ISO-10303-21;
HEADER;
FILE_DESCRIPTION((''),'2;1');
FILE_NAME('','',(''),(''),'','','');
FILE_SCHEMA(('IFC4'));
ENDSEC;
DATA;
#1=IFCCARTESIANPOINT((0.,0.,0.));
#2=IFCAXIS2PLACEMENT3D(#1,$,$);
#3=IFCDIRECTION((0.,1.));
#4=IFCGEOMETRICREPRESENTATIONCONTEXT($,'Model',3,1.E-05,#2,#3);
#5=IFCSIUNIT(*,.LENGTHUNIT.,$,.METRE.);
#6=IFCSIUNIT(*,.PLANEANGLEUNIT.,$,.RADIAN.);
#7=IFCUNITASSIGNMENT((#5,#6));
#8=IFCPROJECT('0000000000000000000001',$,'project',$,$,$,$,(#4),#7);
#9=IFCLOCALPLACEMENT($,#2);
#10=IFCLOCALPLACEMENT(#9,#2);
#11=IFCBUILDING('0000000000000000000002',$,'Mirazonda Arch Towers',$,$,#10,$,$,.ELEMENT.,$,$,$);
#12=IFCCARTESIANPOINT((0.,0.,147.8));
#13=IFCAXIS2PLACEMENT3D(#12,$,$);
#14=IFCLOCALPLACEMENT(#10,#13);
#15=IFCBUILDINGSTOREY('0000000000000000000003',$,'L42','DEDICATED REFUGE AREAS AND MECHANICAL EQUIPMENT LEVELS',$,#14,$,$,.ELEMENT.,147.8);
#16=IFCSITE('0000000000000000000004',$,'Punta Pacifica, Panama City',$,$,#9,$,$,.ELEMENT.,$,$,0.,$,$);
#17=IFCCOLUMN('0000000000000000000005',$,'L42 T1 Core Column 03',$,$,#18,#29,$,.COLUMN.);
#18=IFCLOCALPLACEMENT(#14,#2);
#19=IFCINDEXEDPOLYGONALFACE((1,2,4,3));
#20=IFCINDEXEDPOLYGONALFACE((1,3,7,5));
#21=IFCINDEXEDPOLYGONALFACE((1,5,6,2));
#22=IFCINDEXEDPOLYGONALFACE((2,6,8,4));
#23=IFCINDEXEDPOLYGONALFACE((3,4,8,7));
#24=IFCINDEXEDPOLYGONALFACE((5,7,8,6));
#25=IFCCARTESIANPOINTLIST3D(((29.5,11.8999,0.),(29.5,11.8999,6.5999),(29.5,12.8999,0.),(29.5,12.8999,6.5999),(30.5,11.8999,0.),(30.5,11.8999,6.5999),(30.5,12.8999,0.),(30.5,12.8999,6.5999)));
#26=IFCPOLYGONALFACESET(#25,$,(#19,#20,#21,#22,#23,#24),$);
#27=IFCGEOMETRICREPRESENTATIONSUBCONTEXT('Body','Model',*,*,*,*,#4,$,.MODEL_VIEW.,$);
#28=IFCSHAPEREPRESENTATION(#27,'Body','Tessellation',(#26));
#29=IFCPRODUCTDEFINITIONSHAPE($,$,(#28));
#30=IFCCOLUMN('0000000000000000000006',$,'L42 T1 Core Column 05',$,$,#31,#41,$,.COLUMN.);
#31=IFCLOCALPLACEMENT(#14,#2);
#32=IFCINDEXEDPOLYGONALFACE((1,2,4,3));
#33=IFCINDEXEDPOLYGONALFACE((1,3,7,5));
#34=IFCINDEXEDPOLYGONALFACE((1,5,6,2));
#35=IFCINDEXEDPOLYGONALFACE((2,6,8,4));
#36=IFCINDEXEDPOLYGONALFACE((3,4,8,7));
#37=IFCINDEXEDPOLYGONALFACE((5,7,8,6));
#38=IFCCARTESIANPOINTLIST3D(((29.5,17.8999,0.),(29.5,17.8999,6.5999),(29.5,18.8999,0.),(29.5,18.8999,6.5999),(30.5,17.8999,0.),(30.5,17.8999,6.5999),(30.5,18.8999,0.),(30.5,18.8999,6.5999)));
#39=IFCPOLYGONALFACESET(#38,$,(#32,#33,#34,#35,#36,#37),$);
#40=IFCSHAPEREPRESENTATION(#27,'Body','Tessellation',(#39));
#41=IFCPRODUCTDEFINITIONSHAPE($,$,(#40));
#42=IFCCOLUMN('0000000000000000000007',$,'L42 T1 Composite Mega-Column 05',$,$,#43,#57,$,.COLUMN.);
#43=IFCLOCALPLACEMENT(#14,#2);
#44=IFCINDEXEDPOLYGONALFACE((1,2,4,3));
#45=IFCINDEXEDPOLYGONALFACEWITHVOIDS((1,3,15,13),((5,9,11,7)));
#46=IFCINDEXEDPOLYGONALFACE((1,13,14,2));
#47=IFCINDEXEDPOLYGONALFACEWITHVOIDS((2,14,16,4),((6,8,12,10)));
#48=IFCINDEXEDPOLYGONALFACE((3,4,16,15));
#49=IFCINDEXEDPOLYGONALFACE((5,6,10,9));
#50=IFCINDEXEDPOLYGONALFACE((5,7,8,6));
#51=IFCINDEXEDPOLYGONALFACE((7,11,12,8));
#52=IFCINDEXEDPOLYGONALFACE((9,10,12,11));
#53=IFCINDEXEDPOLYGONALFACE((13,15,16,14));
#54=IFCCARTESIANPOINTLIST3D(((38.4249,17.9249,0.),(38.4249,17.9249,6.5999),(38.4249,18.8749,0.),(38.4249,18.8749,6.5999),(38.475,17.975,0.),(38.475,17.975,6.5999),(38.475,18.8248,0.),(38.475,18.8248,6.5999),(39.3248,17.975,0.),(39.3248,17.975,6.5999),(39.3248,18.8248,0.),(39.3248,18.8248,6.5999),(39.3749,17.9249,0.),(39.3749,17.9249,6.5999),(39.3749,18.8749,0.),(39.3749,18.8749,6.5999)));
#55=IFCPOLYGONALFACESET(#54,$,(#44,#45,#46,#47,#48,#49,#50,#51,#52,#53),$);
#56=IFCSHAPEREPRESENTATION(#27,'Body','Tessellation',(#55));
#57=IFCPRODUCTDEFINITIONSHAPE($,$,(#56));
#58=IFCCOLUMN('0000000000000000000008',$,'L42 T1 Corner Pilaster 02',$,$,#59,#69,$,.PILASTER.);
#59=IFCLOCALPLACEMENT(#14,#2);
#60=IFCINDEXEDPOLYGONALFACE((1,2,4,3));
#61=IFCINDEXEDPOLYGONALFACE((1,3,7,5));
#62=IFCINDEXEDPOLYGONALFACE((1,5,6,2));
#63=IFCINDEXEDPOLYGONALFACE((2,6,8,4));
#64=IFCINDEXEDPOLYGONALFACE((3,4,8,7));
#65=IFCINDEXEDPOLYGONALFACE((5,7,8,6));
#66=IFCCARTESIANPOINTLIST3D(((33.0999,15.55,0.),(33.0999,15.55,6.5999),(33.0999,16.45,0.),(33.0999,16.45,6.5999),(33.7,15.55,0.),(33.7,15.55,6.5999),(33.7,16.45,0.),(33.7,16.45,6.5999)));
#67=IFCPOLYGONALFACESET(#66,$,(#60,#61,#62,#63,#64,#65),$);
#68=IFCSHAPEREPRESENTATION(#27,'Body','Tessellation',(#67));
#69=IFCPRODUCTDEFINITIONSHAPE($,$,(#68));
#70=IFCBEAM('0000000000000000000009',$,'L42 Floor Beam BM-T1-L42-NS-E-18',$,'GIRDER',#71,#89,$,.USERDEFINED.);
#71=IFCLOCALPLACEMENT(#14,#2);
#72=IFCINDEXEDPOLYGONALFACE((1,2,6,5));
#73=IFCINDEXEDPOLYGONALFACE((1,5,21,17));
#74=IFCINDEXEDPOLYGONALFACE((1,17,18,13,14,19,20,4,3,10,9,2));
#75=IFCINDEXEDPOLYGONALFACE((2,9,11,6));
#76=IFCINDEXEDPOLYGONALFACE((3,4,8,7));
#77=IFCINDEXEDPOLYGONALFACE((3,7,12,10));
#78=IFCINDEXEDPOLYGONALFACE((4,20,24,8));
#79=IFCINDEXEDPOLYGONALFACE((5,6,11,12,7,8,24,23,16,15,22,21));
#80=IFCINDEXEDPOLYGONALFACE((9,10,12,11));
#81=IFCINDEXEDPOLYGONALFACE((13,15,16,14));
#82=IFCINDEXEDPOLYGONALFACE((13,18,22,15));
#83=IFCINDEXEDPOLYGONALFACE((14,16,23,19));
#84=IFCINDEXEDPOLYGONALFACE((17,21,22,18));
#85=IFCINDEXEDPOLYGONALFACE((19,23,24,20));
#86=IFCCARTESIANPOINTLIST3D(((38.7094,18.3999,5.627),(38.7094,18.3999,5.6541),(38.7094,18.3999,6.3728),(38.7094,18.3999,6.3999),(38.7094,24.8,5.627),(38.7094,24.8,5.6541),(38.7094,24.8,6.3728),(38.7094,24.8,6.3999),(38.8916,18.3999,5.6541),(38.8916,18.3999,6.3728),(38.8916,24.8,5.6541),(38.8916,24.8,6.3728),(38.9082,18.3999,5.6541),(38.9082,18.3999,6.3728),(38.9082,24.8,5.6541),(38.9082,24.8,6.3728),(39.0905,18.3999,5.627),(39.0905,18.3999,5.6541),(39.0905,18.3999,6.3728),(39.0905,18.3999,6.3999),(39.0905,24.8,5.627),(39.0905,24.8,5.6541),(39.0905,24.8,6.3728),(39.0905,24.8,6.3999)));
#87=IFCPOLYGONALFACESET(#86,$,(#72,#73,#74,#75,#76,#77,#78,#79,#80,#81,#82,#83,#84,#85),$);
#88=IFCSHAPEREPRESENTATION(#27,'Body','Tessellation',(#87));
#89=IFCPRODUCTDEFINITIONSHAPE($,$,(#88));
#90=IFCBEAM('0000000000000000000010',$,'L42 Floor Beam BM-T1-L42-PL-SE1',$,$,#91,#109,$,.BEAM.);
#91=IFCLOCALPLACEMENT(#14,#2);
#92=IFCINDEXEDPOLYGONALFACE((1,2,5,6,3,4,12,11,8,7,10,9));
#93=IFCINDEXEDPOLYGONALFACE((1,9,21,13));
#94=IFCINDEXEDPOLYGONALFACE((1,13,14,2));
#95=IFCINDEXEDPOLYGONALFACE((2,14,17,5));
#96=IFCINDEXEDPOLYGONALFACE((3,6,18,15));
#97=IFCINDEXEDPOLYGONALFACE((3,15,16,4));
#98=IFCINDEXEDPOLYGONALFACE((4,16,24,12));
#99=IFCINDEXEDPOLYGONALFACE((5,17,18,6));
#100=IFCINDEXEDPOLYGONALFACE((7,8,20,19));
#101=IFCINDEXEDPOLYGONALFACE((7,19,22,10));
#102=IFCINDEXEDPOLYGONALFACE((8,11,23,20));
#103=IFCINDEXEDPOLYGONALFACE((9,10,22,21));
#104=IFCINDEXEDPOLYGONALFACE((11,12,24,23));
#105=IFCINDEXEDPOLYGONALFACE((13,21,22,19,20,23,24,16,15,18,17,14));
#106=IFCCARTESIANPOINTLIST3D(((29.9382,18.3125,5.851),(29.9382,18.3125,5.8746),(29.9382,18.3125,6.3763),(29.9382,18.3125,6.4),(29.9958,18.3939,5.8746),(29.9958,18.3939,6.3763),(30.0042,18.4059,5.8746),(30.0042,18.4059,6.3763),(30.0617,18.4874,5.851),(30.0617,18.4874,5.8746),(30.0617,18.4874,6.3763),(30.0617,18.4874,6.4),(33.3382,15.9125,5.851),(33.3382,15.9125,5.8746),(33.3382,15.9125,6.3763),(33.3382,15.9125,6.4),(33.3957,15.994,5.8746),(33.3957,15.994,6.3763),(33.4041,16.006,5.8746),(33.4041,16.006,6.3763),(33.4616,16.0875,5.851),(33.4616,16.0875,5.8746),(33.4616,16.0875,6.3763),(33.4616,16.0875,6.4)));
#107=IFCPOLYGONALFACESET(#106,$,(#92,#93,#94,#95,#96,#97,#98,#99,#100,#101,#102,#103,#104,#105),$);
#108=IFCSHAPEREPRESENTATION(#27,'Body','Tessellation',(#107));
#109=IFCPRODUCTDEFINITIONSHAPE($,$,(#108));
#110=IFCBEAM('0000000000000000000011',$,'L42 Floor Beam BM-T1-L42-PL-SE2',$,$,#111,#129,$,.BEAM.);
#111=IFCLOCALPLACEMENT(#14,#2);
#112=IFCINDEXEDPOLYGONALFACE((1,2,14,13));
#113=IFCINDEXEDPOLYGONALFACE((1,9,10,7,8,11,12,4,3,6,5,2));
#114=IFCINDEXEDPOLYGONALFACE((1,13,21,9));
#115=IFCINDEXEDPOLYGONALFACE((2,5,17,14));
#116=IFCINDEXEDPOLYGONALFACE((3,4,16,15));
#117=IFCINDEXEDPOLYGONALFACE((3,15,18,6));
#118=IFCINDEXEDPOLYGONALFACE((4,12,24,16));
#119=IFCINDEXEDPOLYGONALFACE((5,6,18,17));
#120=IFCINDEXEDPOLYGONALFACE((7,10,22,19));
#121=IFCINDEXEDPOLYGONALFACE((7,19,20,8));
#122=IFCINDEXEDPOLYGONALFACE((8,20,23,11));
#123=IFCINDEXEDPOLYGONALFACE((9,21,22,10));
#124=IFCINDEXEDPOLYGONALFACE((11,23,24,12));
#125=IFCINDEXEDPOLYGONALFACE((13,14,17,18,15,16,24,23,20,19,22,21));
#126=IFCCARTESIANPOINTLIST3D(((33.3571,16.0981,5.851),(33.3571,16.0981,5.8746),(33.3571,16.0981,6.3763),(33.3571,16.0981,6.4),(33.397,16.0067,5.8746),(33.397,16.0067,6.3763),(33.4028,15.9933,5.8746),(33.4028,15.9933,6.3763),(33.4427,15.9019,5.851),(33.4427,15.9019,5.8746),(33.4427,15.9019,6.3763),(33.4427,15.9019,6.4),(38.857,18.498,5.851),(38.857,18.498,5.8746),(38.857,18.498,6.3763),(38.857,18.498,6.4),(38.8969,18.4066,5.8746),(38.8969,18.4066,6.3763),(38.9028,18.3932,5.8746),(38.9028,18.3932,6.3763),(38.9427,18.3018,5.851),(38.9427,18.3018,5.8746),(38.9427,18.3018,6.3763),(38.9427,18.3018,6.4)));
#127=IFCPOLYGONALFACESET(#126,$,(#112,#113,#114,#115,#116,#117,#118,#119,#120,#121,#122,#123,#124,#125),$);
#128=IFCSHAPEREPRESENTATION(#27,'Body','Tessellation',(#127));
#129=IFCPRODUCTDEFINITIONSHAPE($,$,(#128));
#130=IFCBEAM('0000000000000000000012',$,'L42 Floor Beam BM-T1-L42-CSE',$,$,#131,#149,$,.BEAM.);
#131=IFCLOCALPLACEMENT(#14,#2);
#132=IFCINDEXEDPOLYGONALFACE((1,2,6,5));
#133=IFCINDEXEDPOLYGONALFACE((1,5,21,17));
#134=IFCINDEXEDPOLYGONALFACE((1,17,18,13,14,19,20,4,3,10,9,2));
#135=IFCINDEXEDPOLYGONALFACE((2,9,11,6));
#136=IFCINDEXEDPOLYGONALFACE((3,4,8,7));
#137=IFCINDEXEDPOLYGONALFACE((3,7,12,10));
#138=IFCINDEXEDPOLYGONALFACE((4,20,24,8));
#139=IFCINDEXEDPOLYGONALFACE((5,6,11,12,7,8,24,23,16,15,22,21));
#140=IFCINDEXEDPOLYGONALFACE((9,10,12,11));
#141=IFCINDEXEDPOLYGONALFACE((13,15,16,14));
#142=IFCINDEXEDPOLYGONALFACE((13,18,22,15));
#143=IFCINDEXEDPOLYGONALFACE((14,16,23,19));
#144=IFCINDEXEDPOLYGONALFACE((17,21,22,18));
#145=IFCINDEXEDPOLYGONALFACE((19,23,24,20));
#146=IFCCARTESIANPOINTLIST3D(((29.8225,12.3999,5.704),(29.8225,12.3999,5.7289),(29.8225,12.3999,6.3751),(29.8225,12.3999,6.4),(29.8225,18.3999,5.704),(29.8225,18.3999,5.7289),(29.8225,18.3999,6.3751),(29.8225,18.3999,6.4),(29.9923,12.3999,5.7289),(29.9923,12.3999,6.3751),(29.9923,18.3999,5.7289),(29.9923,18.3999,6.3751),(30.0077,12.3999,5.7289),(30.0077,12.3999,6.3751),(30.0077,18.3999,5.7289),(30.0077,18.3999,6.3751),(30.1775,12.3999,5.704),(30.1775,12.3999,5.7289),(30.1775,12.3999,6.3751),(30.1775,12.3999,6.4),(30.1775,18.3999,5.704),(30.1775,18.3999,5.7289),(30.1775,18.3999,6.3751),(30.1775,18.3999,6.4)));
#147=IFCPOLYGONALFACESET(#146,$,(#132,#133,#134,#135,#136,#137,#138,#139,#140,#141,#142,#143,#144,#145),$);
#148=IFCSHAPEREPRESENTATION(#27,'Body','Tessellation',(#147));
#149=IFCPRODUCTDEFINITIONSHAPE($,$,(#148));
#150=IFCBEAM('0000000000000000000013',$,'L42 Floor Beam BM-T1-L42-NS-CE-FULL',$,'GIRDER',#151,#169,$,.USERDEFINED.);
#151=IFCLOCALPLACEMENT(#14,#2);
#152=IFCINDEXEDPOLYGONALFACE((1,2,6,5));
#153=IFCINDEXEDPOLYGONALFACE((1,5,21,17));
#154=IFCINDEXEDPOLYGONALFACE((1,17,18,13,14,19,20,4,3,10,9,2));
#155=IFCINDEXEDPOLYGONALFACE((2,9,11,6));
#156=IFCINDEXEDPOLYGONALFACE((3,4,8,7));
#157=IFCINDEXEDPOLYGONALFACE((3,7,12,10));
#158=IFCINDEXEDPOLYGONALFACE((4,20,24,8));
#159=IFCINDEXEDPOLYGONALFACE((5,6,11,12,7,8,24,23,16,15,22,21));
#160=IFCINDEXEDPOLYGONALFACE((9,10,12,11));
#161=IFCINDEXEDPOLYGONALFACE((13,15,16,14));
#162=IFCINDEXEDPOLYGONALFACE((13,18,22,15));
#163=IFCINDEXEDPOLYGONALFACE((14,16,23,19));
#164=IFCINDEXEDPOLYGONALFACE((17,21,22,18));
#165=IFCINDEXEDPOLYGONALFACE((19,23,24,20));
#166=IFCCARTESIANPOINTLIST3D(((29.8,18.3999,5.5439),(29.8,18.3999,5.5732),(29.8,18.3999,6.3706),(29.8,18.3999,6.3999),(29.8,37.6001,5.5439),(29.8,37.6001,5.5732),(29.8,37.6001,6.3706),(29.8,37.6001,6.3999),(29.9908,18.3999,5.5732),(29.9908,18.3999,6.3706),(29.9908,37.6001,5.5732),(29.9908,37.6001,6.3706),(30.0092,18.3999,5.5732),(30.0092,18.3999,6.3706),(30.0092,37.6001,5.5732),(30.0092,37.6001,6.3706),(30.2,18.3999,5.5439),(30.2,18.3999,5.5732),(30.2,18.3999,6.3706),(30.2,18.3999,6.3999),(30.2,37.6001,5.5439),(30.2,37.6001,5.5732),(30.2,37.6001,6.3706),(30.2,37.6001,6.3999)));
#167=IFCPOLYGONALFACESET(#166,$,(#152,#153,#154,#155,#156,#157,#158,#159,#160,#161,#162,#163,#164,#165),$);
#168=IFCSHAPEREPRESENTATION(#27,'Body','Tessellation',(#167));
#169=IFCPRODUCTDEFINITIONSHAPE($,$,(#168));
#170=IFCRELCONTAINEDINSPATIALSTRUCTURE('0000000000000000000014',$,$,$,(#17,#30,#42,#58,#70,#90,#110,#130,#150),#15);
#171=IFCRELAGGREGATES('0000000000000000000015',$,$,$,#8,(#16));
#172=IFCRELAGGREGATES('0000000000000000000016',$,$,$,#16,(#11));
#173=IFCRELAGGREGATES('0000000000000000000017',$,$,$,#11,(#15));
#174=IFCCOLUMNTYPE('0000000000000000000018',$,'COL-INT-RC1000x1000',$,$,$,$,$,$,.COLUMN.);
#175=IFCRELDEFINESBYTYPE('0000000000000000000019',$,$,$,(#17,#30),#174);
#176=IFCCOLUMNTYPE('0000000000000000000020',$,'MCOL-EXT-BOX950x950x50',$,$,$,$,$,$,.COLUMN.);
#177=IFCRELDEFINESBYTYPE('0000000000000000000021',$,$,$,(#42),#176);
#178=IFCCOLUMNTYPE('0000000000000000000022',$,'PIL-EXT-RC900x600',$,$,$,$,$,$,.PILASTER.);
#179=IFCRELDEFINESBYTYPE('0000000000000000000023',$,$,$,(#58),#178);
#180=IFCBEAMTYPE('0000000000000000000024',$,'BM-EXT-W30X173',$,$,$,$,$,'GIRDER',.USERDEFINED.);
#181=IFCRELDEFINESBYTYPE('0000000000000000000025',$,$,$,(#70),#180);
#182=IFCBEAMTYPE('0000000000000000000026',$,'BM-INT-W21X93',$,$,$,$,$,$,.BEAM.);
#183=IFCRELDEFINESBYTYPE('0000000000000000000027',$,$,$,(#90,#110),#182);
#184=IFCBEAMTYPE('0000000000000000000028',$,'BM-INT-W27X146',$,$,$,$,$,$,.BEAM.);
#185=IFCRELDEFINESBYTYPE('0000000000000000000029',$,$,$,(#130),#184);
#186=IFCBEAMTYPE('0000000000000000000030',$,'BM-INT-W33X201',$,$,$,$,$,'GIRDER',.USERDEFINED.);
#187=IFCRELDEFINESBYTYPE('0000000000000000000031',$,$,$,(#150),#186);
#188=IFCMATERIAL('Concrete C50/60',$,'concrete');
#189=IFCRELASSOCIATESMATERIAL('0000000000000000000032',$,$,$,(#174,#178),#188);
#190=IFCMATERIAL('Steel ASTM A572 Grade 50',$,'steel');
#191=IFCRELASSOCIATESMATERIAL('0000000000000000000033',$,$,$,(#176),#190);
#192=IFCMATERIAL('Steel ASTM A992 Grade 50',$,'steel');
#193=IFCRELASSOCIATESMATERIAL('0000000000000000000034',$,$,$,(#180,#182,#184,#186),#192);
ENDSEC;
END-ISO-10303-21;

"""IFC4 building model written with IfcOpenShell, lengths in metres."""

from ifc_helpers import new_model, si_unit, direction, frame, origin, origin_2d, place, context, subcontext, project, spatial, rectangle, hollow_rectangle, i_section, extrude, material, material_profile, profile_set, type_object, element, save


model = new_model("IFC4")

# Units and contexts
model_context = context("Model", 3, precision=1e-05, world=origin(), true_north=direction((0.0, 1.0)))
body_context = subcontext(model_context, "Body", "Model", "MODEL_VIEW")
ifc_project = project(units=[si_unit("LENGTHUNIT", "METRE"), si_unit("PLANEANGLEUNIT", "RADIAN")], contexts=[model_context])

# Site, building, storey
site_placement = place(None, origin())
site = spatial("IfcSite", under=ifc_project, at=site_placement, Name="Punta Pacifica, Panama City", CompositionType="ELEMENT", RefElevation=0.0)
building_placement = place(site_placement, origin())
building = spatial("IfcBuilding", under=site, at=building_placement, Name="Mirazonda Arch Towers", CompositionType="ELEMENT")
storey_placement = place(building_placement, frame((0.0, 0.0, 147.8)))
storey = spatial("IfcBuildingStorey", under=building, at=storey_placement, Name="L42", Description="DEDICATED REFUGE AREAS AND MECHANICAL EQUIPMENT LEVELS", CompositionType="ELEMENT", Elevation=147.8)

# Columns
ifc_material_1 = material(Name="Concrete C50/60", Category="concrete")
ifc_material_profile_1 = material_profile(ifc_material_1, rectangle(XDim=1.0, YDim=1.0, at=origin_2d()), Name="RC1000x1000")
ifc_profile_set_1 = profile_set([ifc_material_profile_1], Name="Concrete C50/60")
column_type_1 = type_object("IfcColumnType", Name="COL-INT-RC1000x1000", PredefinedType="COLUMN", material=ifc_profile_set_1)
for number, where, z_axis, x_axis, name in (
    (1, (30.0, 12.3999, 0.0), (0.0, 0.0, 1.0), (1.0, 0.0, 0.0), "L42 T1 Core Column 03"),
    (2, (30.0, 18.3999, 0.0), (0.0, 0.0, 1.0), (1.0, 0.0, 0.0), "L42 T1 Core Column 05"),
):
    element("IfcColumn", number, at=place(storey_placement, frame(where, z_axis=z_axis, x_axis=x_axis)), inside=storey, type_object=column_type_1, Name=name, PredefinedType="COLUMN", context=body_context, shape_type="SweptSolid", body=[
        extrude(rectangle(XDim=1.0, YDim=1.0, at=origin_2d()), origin(), (0.0, 0.0, 1.0), 6.5999),
    ])
ifc_material_2 = material(Name="Steel ASTM A572 Grade 50", Category="steel")
ifc_material_profile_2 = material_profile(ifc_material_2, hollow_rectangle(XDim=0.95, YDim=0.95, WallThickness=0.05, at=origin_2d()), Name="BOX950x950x50")
ifc_profile_set_2 = profile_set([ifc_material_profile_2], Name="Steel ASTM A572 Grade 50")
column_type_2 = type_object("IfcColumnType", Name="MCOL-EXT-BOX950x950x50", PredefinedType="COLUMN", material=ifc_profile_set_2)
column_1_placement = place(storey_placement, frame((38.8999, 18.3999, 0.0), z_axis=(0.0, 0.0, 1.0), x_axis=(1.0, 0.0, 0.0)))
element("IfcColumn", 3, at=column_1_placement, inside=storey, type_object=column_type_2, Name="L42 T1 Composite Mega-Column 05", PredefinedType="COLUMN", context=body_context, shape_type="SweptSolid", body=[
    extrude(hollow_rectangle(XDim=0.95, YDim=0.95, WallThickness=0.05, at=origin_2d()), origin(), (0.0, 0.0, 1.0), 6.5999),
])
ifc_material_profile_3 = material_profile(ifc_material_1, rectangle(XDim=0.6001, YDim=0.8999, at=origin_2d()), Name="RC900x600")
ifc_profile_set_3 = profile_set([ifc_material_profile_3], Name="Concrete C50/60")
column_type_3 = type_object("IfcColumnType", Name="PIL-EXT-RC900x600", PredefinedType="PILASTER", material=ifc_profile_set_3)
column_2_placement = place(storey_placement, frame((33.3999, 16.0, 0.0), z_axis=(0.0, 0.0, 1.0), x_axis=(1.0, 0.0, 0.0)))
element("IfcColumn", 4, at=column_2_placement, inside=storey, type_object=column_type_3, Name="L42 T1 Corner Pilaster 02", PredefinedType="PILASTER", context=body_context, shape_type="SweptSolid", body=[
    extrude(rectangle(XDim=0.6001, YDim=0.8999, at=origin_2d()), origin(), (0.0, 0.0, 1.0), 6.5999),
])

# Beams
ifc_material_3 = material(Name="Steel ASTM A992 Grade 50", Category="steel")
ifc_material_profile_4 = material_profile(ifc_material_3, i_section(OverallWidth=0.3811, OverallDepth=0.7729, WebThickness=0.0166, FlangeThickness=0.0271, at=origin_2d()), Name="W30X173")
ifc_profile_set_4 = profile_set([ifc_material_profile_4], Name="Steel ASTM A992 Grade 50")
beam_type_1 = type_object("IfcBeamType", Name="BM-EXT-W30X173", ElementType="GIRDER", PredefinedType="USERDEFINED", material=ifc_profile_set_4)
beam_1_placement = place(storey_placement, frame((38.8999, 18.3999, 6.0134), z_axis=(0.0, 1.0, 0.0), x_axis=(-1.0, 0.0, 0.0)))
element("IfcBeam", 5, at=beam_1_placement, inside=storey, type_object=beam_type_1, Name="L42 Floor Beam BM-T1-L42-NS-E-18", ObjectType="GIRDER", PredefinedType="USERDEFINED", context=body_context, shape_type="SweptSolid", body=[
    extrude(i_section(OverallWidth=0.3811, OverallDepth=0.7729, WebThickness=0.0166, FlangeThickness=0.0271, at=origin_2d()), origin(), (0.0, 0.0, 1.0), 6.4001),
])
ifc_material_profile_5 = material_profile(ifc_material_3, i_section(OverallWidth=0.2141, OverallDepth=0.5491, WebThickness=0.0146, FlangeThickness=0.0237, at=origin_2d()), Name="W21X93")
ifc_profile_set_5 = profile_set([ifc_material_profile_5], Name="Steel ASTM A992 Grade 50")
beam_type_2 = type_object("IfcBeamType", Name="BM-INT-W21X93", PredefinedType="BEAM", material=ifc_profile_set_5)
beam_2_placement = place(storey_placement, frame((33.3999, 16.0, 6.1255), z_axis=(-0.816971, 0.576679, 0.0), x_axis=(-0.576679, -0.816971, 0.0)))
element("IfcBeam", 6, at=beam_2_placement, inside=storey, type_object=beam_type_2, Name="L42 Floor Beam BM-T1-L42-PL-SE1", PredefinedType="BEAM", context=body_context, shape_type="SweptSolid", body=[
    extrude(i_section(OverallWidth=0.2141, OverallDepth=0.5491, WebThickness=0.0146, FlangeThickness=0.0237, at=origin_2d()), origin(), (0.0, 0.0, 1.0), 4.1616),
])
beam_3_placement = place(storey_placement, frame((33.3999, 16.0, 6.1255), z_axis=(0.916545, 0.399931, 0.0), x_axis=(-0.399931, 0.916545, 0.0)))
element("IfcBeam", 7, at=beam_3_placement, inside=storey, type_object=beam_type_2, Name="L42 Floor Beam BM-T1-L42-PL-SE2", PredefinedType="BEAM", context=body_context, shape_type="SweptSolid", body=[
    extrude(i_section(OverallWidth=0.2141, OverallDepth=0.5491, WebThickness=0.0146, FlangeThickness=0.0237, at=origin_2d()), origin(), (0.0, 0.0, 1.0), 6.0007),
])
ifc_material_profile_6 = material_profile(ifc_material_3, i_section(OverallWidth=0.355, OverallDepth=0.696, WebThickness=0.0154, FlangeThickness=0.0249, at=origin_2d()), Name="W27X146")
ifc_profile_set_6 = profile_set([ifc_material_profile_6], Name="Steel ASTM A992 Grade 50")
beam_type_3 = type_object("IfcBeamType", Name="BM-INT-W27X146", PredefinedType="BEAM", material=ifc_profile_set_6)
beam_4_placement = place(storey_placement, frame((30.0, 12.3999, 6.052), z_axis=(0.0, 1.0, 0.0), x_axis=(-1.0, 0.0, 0.0)))
element("IfcBeam", 8, at=beam_4_placement, inside=storey, type_object=beam_type_3, Name="L42 Floor Beam BM-T1-L42-CSE", PredefinedType="BEAM", context=body_context, shape_type="SweptSolid", body=[
    extrude(i_section(OverallWidth=0.355, OverallDepth=0.696, WebThickness=0.0154, FlangeThickness=0.0249, at=origin_2d()), origin(), (0.0, 0.0, 1.0), 6.0),
])
ifc_material_profile_7 = material_profile(ifc_material_3, i_section(OverallWidth=0.3999, OverallDepth=0.856, WebThickness=0.0183, FlangeThickness=0.0293, at=origin_2d()), Name="W33X201")
ifc_profile_set_7 = profile_set([ifc_material_profile_7], Name="Steel ASTM A992 Grade 50")
beam_type_4 = type_object("IfcBeamType", Name="BM-INT-W33X201", ElementType="GIRDER", PredefinedType="USERDEFINED", material=ifc_profile_set_7)
beam_5_placement = place(storey_placement, frame((30.0, 18.3999, 5.9719), z_axis=(0.0, 1.0, 0.0), x_axis=(-1.0, 0.0, 0.0)))
element("IfcBeam", 9, at=beam_5_placement, inside=storey, type_object=beam_type_4, Name="L42 Floor Beam BM-T1-L42-NS-CE-FULL", ObjectType="GIRDER", PredefinedType="USERDEFINED", context=body_context, shape_type="SweptSolid", body=[
    extrude(i_section(OverallWidth=0.3999, OverallDepth=0.856, WebThickness=0.0183, FlangeThickness=0.0293, at=origin_2d()), origin(), (0.0, 0.0, 1.0), 19.2002),
])

save(model, "model.ifc")
